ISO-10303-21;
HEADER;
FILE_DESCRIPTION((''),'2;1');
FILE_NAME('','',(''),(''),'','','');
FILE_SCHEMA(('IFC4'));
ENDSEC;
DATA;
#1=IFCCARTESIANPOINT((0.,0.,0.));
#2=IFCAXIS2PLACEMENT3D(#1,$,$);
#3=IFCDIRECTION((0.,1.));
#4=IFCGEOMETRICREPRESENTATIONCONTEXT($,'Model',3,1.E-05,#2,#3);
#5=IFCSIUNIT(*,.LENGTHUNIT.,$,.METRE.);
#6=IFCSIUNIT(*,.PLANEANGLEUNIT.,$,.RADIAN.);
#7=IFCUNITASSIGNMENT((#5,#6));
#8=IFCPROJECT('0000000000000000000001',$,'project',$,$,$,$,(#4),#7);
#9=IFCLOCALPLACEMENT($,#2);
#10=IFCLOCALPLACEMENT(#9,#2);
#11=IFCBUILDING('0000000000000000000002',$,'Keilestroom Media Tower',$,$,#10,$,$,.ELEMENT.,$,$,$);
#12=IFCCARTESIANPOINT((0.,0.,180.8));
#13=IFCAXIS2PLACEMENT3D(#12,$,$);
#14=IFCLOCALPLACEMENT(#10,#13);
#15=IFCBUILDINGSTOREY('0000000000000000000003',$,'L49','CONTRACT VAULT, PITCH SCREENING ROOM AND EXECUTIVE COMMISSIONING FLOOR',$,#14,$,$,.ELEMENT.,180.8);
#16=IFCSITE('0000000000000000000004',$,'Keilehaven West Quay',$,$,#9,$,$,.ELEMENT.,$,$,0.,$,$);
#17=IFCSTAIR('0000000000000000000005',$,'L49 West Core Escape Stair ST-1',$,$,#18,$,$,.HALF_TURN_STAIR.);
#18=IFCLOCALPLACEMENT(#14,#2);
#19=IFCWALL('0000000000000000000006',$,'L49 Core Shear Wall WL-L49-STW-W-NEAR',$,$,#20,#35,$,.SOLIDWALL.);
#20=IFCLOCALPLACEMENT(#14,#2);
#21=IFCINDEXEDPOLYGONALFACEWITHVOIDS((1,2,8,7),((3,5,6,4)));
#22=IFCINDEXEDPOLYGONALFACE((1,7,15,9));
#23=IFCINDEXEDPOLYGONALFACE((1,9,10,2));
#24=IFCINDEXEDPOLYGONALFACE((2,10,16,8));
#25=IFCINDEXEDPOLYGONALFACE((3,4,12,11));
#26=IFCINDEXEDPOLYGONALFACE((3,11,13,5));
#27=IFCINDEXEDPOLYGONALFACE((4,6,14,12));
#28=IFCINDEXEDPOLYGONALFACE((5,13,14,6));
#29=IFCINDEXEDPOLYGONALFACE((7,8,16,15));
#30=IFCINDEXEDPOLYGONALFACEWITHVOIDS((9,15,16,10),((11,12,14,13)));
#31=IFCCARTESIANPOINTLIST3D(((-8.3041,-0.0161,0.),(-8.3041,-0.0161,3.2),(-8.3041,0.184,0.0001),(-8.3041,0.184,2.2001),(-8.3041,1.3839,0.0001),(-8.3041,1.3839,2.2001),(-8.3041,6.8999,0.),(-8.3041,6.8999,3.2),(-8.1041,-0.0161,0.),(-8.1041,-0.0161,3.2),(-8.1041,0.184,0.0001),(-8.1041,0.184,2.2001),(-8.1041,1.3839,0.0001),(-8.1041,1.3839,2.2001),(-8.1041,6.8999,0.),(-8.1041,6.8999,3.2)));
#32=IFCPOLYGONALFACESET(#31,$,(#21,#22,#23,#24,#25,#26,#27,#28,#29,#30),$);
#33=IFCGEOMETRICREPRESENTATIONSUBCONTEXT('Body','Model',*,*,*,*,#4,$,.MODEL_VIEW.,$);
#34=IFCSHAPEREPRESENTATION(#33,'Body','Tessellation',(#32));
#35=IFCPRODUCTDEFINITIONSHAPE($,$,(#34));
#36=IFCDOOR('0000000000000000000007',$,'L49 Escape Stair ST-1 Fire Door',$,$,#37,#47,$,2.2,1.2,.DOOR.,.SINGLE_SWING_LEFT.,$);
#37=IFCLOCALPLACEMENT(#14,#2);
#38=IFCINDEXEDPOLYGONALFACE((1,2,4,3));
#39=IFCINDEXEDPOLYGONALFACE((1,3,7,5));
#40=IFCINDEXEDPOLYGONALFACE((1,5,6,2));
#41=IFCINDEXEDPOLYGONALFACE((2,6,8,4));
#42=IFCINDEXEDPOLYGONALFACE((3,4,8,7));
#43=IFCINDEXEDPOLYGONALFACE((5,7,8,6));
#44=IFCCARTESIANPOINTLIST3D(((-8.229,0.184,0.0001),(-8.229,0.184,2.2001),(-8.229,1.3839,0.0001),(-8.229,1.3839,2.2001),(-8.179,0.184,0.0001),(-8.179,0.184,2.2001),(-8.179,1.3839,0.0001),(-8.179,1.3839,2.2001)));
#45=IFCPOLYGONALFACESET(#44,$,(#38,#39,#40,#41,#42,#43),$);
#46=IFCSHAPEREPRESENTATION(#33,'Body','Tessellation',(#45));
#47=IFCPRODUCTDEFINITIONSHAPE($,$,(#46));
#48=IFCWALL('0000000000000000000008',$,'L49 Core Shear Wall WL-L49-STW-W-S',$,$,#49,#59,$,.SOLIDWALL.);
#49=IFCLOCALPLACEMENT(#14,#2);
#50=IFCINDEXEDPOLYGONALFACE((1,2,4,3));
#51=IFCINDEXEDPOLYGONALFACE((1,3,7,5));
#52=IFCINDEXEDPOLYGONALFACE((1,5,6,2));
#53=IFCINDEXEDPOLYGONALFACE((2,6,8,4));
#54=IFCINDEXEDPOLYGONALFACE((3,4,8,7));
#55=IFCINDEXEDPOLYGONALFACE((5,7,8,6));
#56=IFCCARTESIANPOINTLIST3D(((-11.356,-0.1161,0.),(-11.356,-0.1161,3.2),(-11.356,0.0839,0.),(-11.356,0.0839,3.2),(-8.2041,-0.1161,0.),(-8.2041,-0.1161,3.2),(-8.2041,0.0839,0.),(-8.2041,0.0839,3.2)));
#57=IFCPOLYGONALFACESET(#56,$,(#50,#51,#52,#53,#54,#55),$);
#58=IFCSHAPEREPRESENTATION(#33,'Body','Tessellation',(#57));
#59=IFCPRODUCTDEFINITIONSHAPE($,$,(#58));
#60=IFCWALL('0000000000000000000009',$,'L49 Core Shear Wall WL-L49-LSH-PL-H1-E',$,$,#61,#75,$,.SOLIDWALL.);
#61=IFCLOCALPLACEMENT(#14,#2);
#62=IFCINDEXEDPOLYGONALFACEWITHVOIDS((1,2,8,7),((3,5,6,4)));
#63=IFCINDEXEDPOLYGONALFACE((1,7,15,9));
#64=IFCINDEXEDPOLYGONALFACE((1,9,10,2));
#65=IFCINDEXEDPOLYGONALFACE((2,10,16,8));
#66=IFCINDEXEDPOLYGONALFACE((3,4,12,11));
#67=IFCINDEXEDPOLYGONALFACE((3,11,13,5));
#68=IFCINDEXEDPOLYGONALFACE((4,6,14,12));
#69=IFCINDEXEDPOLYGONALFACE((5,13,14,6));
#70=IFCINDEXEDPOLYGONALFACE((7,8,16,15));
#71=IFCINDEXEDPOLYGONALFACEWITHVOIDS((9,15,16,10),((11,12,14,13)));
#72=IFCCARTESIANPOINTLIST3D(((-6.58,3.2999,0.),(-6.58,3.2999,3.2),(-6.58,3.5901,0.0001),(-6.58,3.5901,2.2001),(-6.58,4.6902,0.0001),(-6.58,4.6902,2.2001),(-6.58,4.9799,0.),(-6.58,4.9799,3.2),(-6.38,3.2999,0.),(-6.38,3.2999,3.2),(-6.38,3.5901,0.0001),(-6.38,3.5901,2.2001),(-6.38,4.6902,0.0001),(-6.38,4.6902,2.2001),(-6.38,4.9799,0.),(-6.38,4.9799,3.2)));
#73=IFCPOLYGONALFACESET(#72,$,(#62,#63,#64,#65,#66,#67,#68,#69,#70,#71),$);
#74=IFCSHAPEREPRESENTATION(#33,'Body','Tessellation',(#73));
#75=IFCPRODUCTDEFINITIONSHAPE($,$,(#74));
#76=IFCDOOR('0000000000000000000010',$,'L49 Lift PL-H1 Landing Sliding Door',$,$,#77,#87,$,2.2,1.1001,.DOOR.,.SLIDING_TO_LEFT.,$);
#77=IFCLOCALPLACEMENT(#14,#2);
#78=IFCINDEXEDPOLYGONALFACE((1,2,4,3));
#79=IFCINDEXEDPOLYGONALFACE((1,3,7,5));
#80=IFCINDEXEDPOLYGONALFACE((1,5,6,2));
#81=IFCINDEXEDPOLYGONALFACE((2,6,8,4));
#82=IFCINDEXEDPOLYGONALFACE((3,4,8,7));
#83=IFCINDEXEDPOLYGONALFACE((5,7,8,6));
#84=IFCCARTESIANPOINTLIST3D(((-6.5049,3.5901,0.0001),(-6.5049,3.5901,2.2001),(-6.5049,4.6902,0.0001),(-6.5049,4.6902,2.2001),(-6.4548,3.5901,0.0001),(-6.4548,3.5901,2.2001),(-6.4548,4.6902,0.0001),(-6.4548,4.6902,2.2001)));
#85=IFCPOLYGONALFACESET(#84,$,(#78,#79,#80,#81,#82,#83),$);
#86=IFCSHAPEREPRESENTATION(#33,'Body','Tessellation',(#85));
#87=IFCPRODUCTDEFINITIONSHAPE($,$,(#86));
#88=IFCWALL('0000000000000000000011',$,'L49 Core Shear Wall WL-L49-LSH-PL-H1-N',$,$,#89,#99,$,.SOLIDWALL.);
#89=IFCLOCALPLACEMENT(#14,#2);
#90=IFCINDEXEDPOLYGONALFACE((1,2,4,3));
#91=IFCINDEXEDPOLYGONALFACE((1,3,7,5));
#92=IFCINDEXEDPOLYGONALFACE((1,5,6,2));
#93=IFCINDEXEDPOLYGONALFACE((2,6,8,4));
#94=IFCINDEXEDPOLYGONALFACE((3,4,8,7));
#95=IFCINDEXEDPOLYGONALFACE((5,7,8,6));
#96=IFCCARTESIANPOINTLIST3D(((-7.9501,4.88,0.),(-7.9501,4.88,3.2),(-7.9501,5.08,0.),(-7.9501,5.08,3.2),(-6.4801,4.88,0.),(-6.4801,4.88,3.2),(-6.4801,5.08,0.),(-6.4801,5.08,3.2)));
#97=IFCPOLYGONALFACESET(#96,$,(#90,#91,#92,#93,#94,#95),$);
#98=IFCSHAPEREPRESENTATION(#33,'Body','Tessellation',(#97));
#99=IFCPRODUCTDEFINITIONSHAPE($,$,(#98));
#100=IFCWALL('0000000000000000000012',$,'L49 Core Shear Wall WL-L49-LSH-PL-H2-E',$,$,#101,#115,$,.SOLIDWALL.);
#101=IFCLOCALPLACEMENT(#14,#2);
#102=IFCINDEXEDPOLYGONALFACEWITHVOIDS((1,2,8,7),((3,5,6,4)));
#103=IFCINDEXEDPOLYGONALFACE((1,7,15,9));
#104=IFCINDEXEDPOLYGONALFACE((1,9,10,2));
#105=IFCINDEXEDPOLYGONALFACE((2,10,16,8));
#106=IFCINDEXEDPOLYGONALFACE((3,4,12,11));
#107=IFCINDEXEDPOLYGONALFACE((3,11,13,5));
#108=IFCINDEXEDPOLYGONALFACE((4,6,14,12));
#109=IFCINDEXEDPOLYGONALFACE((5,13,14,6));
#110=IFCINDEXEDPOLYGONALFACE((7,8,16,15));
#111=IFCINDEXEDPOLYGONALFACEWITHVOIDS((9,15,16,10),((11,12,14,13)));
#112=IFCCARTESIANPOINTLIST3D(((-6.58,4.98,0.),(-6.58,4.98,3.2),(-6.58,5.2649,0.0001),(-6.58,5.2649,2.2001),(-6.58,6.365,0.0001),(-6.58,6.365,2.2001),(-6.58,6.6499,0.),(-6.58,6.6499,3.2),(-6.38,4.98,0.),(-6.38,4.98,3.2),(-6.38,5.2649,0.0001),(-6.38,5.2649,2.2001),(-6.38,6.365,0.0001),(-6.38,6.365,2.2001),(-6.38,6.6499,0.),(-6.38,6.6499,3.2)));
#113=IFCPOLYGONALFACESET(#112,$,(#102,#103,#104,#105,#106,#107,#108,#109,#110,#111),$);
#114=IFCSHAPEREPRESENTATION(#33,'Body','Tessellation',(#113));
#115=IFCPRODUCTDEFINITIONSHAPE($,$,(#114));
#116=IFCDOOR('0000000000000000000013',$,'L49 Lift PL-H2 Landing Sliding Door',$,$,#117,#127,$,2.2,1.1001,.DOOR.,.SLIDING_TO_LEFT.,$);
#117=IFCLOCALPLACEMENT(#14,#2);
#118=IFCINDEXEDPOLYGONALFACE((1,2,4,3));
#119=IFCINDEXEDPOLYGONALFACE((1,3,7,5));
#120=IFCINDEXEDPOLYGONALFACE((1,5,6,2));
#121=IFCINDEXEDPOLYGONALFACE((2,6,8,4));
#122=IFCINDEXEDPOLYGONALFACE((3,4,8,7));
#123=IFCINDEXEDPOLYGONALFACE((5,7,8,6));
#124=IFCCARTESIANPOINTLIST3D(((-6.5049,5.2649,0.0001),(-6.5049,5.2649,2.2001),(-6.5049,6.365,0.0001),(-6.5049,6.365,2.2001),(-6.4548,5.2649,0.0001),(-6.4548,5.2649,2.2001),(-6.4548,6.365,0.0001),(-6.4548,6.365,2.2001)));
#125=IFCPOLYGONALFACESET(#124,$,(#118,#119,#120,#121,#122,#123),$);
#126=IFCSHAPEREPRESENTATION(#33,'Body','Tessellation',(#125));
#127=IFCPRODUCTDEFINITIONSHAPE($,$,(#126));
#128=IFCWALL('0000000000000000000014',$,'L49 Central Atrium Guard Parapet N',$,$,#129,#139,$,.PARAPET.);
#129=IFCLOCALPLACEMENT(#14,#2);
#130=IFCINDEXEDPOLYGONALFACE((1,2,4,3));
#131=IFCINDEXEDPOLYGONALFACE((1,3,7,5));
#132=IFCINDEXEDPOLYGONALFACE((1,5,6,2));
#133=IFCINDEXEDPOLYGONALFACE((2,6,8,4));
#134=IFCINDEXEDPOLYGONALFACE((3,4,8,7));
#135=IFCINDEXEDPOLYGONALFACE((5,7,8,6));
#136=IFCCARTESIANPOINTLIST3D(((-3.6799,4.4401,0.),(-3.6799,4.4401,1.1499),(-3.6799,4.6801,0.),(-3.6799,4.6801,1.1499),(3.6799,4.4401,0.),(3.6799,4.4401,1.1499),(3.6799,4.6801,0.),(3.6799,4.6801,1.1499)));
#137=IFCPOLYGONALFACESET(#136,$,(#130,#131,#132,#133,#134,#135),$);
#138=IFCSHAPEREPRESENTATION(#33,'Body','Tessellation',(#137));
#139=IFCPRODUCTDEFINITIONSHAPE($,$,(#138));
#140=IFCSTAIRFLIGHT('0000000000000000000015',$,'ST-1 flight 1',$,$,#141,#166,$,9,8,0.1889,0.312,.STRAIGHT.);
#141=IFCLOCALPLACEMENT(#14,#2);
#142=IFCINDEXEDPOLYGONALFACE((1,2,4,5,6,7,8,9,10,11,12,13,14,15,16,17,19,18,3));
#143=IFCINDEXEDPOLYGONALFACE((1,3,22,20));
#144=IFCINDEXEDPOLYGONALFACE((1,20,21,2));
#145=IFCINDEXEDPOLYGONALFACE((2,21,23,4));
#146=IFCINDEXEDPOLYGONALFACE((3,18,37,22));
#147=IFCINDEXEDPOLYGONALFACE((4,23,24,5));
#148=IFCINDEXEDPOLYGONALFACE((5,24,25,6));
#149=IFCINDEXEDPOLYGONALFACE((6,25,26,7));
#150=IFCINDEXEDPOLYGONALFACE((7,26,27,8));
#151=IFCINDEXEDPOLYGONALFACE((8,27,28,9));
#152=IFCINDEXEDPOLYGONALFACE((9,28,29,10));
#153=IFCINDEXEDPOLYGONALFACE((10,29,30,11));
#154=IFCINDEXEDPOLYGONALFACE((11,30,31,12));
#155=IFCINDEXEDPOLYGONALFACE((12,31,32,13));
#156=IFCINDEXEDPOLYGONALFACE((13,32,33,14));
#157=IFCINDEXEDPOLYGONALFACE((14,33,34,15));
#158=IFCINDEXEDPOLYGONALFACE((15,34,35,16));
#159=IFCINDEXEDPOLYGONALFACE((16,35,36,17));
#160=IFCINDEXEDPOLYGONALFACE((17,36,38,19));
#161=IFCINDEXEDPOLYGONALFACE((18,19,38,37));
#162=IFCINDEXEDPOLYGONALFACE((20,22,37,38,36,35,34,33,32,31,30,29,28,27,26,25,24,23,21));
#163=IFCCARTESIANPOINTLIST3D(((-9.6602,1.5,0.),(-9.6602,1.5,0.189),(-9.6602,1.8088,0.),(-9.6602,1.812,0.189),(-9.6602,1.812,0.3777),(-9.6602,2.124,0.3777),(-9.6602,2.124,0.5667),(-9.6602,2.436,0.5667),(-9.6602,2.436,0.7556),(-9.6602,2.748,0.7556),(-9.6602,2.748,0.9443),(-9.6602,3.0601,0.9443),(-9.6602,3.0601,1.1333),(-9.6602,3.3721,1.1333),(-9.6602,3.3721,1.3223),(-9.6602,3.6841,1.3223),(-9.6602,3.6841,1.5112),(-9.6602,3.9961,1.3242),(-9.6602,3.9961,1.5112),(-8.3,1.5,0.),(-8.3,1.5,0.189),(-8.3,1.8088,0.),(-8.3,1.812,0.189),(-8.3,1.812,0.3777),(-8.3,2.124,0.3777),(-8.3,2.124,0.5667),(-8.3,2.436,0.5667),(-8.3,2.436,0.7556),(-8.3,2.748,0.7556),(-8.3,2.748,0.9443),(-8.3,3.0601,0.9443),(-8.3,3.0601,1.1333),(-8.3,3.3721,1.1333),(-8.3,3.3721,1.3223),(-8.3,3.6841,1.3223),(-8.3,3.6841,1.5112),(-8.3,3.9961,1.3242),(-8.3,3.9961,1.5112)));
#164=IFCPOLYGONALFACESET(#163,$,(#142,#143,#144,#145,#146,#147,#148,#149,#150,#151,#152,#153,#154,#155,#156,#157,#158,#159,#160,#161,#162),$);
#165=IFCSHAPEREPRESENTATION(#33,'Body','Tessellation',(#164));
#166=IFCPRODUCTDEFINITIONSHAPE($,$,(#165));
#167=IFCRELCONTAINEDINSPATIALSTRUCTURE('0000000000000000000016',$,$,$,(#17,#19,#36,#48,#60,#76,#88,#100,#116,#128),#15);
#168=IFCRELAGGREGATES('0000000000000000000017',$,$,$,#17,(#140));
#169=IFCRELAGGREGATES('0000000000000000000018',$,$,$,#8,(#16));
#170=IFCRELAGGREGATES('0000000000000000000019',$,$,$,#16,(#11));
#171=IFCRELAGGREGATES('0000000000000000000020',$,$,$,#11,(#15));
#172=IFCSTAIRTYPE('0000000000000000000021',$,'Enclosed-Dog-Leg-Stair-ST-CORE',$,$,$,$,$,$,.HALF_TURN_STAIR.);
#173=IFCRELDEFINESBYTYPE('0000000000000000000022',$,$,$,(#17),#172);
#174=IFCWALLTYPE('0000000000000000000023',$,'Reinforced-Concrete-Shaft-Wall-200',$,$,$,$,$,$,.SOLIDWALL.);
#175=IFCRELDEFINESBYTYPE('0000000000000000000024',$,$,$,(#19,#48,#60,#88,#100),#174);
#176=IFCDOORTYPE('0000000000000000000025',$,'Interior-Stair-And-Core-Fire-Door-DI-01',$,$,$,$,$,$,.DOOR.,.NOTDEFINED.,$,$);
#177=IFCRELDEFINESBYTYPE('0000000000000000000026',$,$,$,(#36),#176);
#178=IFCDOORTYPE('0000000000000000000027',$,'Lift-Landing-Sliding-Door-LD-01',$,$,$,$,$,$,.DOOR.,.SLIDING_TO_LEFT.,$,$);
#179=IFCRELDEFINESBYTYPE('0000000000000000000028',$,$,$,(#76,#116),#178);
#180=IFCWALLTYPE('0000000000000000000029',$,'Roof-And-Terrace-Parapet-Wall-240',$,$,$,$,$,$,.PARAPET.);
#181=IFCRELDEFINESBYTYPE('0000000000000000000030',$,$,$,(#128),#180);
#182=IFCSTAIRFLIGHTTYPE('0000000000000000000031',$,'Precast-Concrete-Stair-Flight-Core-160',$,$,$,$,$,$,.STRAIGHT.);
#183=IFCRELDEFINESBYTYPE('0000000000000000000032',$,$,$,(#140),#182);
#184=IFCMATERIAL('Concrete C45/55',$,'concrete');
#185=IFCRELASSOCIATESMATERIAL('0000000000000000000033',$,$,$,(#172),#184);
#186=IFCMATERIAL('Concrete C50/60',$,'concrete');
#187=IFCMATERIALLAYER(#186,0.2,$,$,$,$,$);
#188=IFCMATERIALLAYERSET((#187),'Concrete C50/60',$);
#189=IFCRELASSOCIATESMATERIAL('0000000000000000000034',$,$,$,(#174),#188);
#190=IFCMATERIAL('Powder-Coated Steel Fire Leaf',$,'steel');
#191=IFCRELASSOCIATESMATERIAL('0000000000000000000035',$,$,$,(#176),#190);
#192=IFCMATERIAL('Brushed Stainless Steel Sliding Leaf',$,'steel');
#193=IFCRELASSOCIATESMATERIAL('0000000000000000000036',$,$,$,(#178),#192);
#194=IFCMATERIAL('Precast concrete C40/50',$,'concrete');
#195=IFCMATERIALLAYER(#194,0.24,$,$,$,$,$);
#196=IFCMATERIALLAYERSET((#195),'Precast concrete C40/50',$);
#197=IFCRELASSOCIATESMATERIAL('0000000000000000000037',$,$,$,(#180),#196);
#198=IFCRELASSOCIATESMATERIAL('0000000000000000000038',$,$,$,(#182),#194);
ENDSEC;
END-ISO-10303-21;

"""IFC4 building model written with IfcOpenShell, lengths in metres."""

from ifc_helpers import new_model, si_unit, direction, frame, frame_2d, origin, place, context, subcontext, project, spatial, polyline, rectangle, outline, extrude, source, transform, mapped, material, layer, layer_set, type_object, element, fill, aggregate, save


model = new_model("IFC4")

# Units and contexts
model_context = context("Model", 3, precision=1e-05, world=origin(), true_north=direction((0.0, 1.0)))
body_context = subcontext(model_context, "Body", "Model", "MODEL_VIEW")
ifc_project = project(units=[si_unit("LENGTHUNIT", "METRE"), si_unit("PLANEANGLEUNIT", "RADIAN")], contexts=[model_context])

# Site, building, storey
site_placement = place(None, origin())
site = spatial("IfcSite", under=ifc_project, at=site_placement, Name="Keilehaven West Quay", CompositionType="ELEMENT", RefElevation=0.0)
building_placement = place(site_placement, origin())
building = spatial("IfcBuilding", under=site, at=building_placement, Name="Keilestroom Media Tower", CompositionType="ELEMENT")
storey_placement = place(building_placement, frame((0.0, 0.0, 180.8)))
storey = spatial("IfcBuildingStorey", under=building, at=storey_placement, Name="L49", Description="CONTRACT VAULT, PITCH SCREENING ROOM AND EXECUTIVE COMMISSIONING FLOOR", CompositionType="ELEMENT", Elevation=180.8)

# Shared definitions
ifc_material_1 = material(Name="Concrete C50/60", Category="concrete")

# Stair
ifc_material_2 = material(Name="Concrete C45/55", Category="concrete")
stair_type = type_object("IfcStairType", Name="Enclosed-Dog-Leg-Stair-ST-CORE", PredefinedType="HALF_TURN_STAIR", material=ifc_material_2)
stair_placement = place(storey_placement, origin())
stair = element("IfcStair", 1, at=stair_placement, inside=storey, type_object=stair_type, Name="L49 West Core Escape Stair ST-1", PredefinedType="HALF_TURN_STAIR")

# Shared definitions
ifc_layer_1 = layer(ifc_material_1, 0.2)
ifc_layer_set_1 = layer_set([ifc_layer_1], Name="Concrete C50/60")
wall_type_1 = type_object("IfcWallType", Name="Reinforced-Concrete-Shaft-Wall-200", PredefinedType="SOLIDWALL", material=ifc_layer_set_1)

# Wall, opening, door
wall_1_placement = place(storey_placement, frame((-8.2041, -0.0161, 0.0), z_axis=(0.0, 0.0, 1.0), x_axis=(0.0, 1.0, 0.0)))
wall_1 = element("IfcWall", 2, at=wall_1_placement, inside=storey, type_object=wall_type_1, Name="L49 Core Shear Wall WL-L49-STW-W-NEAR", PredefinedType="SOLIDWALL", context=body_context, shape_type="SweptSolid", body=[
    extrude(rectangle(XDim=6.916, YDim=0.2, at=frame_2d((3.458, 0.0))), origin(), (0.0, 0.0, 1.0), 3.2),
])
opening_1_placement = place(wall_1_placement, frame((0.2, 0.0, 0.0)))
opening_1 = element("IfcOpeningElement", 3, at=opening_1_placement, cuts=wall_1, PredefinedType="OPENING", context=body_context, shape_type="SweptSolid", body=[
    extrude(rectangle(XDim=1.2, YDim=2.2, at=frame_2d((0.6001, 1.1001))), frame((0.0, 0.1099, 0.0), z_axis=(0.0, -1.0, 0.0), x_axis=(1.0, 0.0, 0.0)), (0.0, 0.0, 1.0), 0.22),
])
ifc_material_3 = material(Name="Powder-Coated Steel Fire Leaf", Category="steel")
door_type_1 = type_object("IfcDoorType", Name="Interior-Stair-And-Core-Fire-Door-DI-01", OperationType="NOTDEFINED", PredefinedType="DOOR", material=ifc_material_3)
shared_shape_1 = source(origin(), body_context, "Body", "SweptSolid", [
    extrude(rectangle(XDim=1.2, YDim=2.2, at=frame_2d((0.6001, 1.1001))), frame((0.0, 0.0249, 0.0), z_axis=(0.0, -1.0, 0.0), x_axis=(1.0, 0.0, 0.0)), (0.0, 0.0, 1.0), 0.05),
])
door_1_placement = place(opening_1_placement, origin())
door_1 = element("IfcDoor", 4, at=door_1_placement, inside=storey, type_object=door_type_1, Name="L49 Escape Stair ST-1 Fire Door", OperationType="SINGLE_SWING_LEFT", OverallHeight=2.2, OverallWidth=1.2, PredefinedType="DOOR", context=body_context, shape_type="MappedRepresentation", body=[
    mapped(shared_shape_1, transform((0.0, 0.0, 0.0), x_axis=(1.0, 0.0, 0.0), y_axis=(0.0, 1.0, 0.0), z_axis=(0.0, 0.0, 1.0), scale=1.0)),
])
fill(opening_1, door_1)

# Wall
wall_2_placement = place(storey_placement, frame((-11.356, -0.0161, 0.0), z_axis=(0.0, 0.0, 1.0), x_axis=(1.0, 0.0, 0.0)))
element("IfcWall", 5, at=wall_2_placement, inside=storey, type_object=wall_type_1, Name="L49 Core Shear Wall WL-L49-STW-W-S", PredefinedType="SOLIDWALL", context=body_context, shape_type="SweptSolid", body=[
    extrude(rectangle(XDim=3.1519, YDim=0.2, at=frame_2d((1.5759, 0.0))), origin(), (0.0, 0.0, 1.0), 3.2),
])

# Wall, opening, door
wall_3_placement = place(storey_placement, frame((-6.48, 3.3, 0.0), z_axis=(0.0, 0.0, 1.0), x_axis=(0.0, 1.0, 0.0)))
wall_3 = element("IfcWall", 6, at=wall_3_placement, inside=storey, type_object=wall_type_1, Name="L49 Core Shear Wall WL-L49-LSH-PL-H1-E", PredefinedType="SOLIDWALL", context=body_context, shape_type="SweptSolid", body=[
    extrude(rectangle(XDim=1.6799, YDim=0.2, at=frame_2d((0.8398, 0.0))), origin(), (0.0, 0.0, 1.0), 3.2),
])
opening_2_placement = place(wall_3_placement, frame((0.29, 0.0, 0.0)))
opening_2 = element("IfcOpeningElement", 7, at=opening_2_placement, cuts=wall_3, PredefinedType="OPENING", context=body_context, shape_type="SweptSolid", body=[
    extrude(rectangle(XDim=1.1001, YDim=2.2, at=frame_2d((0.55, 1.1001))), frame((0.0, 0.1099, 0.0), z_axis=(0.0, -1.0, 0.0), x_axis=(1.0, 0.0, 0.0)), (0.0, 0.0, 1.0), 0.22),
])
ifc_material_4 = material(Name="Brushed Stainless Steel Sliding Leaf", Category="steel")
door_type_2 = type_object("IfcDoorType", Name="Lift-Landing-Sliding-Door-LD-01", OperationType="SLIDING_TO_LEFT", PredefinedType="DOOR", material=ifc_material_4)
shared_shape_2 = source(origin(), body_context, "Body", "SweptSolid", [
    extrude(rectangle(XDim=1.1001, YDim=2.2, at=frame_2d((0.55, 1.1001))), frame((0.0, 0.0249, 0.0), z_axis=(0.0, -1.0, 0.0), x_axis=(1.0, 0.0, 0.0)), (0.0, 0.0, 1.0), 0.05),
])
door_2_placement = place(opening_2_placement, origin())
door_2 = element("IfcDoor", 8, at=door_2_placement, inside=storey, type_object=door_type_2, Name="L49 Lift PL-H1 Landing Sliding Door", OperationType="SLIDING_TO_LEFT", OverallHeight=2.2, OverallWidth=1.1001, PredefinedType="DOOR", context=body_context, shape_type="MappedRepresentation", body=[
    mapped(shared_shape_2, transform((0.0, 0.0, 0.0), x_axis=(1.0, 0.0, 0.0), y_axis=(0.0, 1.0, 0.0), z_axis=(0.0, 0.0, 1.0), scale=1.0)),
])
fill(opening_2, door_2)

# Wall
wall_4_placement = place(storey_placement, frame((-7.95, 4.98, 0.0), z_axis=(0.0, 0.0, 1.0), x_axis=(1.0, 0.0, 0.0)))
element("IfcWall", 9, at=wall_4_placement, inside=storey, type_object=wall_type_1, Name="L49 Core Shear Wall WL-L49-LSH-PL-H1-N", PredefinedType="SOLIDWALL", context=body_context, shape_type="SweptSolid", body=[
    extrude(rectangle(XDim=1.47, YDim=0.2, at=frame_2d((0.7349, 0.0))), origin(), (0.0, 0.0, 1.0), 3.2),
])

# Wall, opening, door
wall_5_placement = place(storey_placement, frame((-6.48, 4.98, 0.0), z_axis=(0.0, 0.0, 1.0), x_axis=(0.0, 1.0, 0.0)))
wall_5 = element("IfcWall", 10, at=wall_5_placement, inside=storey, type_object=wall_type_1, Name="L49 Core Shear Wall WL-L49-LSH-PL-H2-E", PredefinedType="SOLIDWALL", context=body_context, shape_type="SweptSolid", body=[
    extrude(rectangle(XDim=1.6699, YDim=0.2, at=frame_2d((0.835, 0.0))), origin(), (0.0, 0.0, 1.0), 3.2),
])
opening_3_placement = place(wall_5_placement, frame((0.2849, 0.0, 0.0)))
opening_3 = element("IfcOpeningElement", 11, at=opening_3_placement, cuts=wall_5, PredefinedType="OPENING", context=body_context, shape_type="SweptSolid", body=[
    extrude(rectangle(XDim=1.1001, YDim=2.2, at=frame_2d((0.55, 1.1001))), frame((0.0, 0.1099, 0.0), z_axis=(0.0, -1.0, 0.0), x_axis=(1.0, 0.0, 0.0)), (0.0, 0.0, 1.0), 0.22),
])
door_3_placement = place(opening_3_placement, origin())
door_3 = element("IfcDoor", 12, at=door_3_placement, inside=storey, type_object=door_type_2, Name="L49 Lift PL-H2 Landing Sliding Door", OperationType="SLIDING_TO_LEFT", OverallHeight=2.2, OverallWidth=1.1001, PredefinedType="DOOR", context=body_context, shape_type="MappedRepresentation", body=[
    mapped(shared_shape_2, transform((0.0, 0.0, 0.0), x_axis=(1.0, 0.0, 0.0), y_axis=(0.0, 1.0, 0.0), z_axis=(0.0, 0.0, 1.0), scale=1.0)),
])
fill(opening_3, door_3)

# Wall
ifc_material_5 = material(Name="Precast concrete C40/50", Category="concrete")
ifc_layer_2 = layer(ifc_material_5, 0.24)
ifc_layer_set_2 = layer_set([ifc_layer_2], Name="Precast concrete C40/50")
wall_type_2 = type_object("IfcWallType", Name="Roof-And-Terrace-Parapet-Wall-240", PredefinedType="PARAPET", material=ifc_layer_set_2)
wall_6_placement = place(storey_placement, frame((-3.6799, 4.5601, 0.0), z_axis=(0.0, 0.0, 1.0), x_axis=(1.0, 0.0, 0.0)))
element("IfcWall", 13, at=wall_6_placement, inside=storey, type_object=wall_type_2, Name="L49 Central Atrium Guard Parapet N", PredefinedType="PARAPET", context=body_context, shape_type="SweptSolid", body=[
    extrude(rectangle(XDim=7.3599, YDim=0.24, at=frame_2d((3.6799, 0.0))), origin(), (0.0, 0.0, 1.0), 1.1499),
])

# Stair flight
stair_flight_type = type_object("IfcStairFlightType", Name="Precast-Concrete-Stair-Flight-Core-160", PredefinedType="STRAIGHT", material=ifc_material_5)
stair_flight_1_placement = place(storey_placement, frame((-8.98, 1.5, 0.0), z_axis=(0.0, 0.0, 1.0), x_axis=(0.0, 1.0, 0.0)))
stair_flight_1 = element("IfcStairFlight", 14, at=stair_flight_1_placement, type_object=stair_flight_type, Name="ST-1 flight 1", NumberOfRisers=9, NumberOfTreads=8, PredefinedType="STRAIGHT", RiserHeight=0.1889, TreadLength=0.312, context=body_context, shape_type="SweptSolid", body=[
    extrude(outline(polyline([(0.0, 0.0), (0.0, 0.189), (0.312, 0.189), (0.312, 0.3777), (0.624, 0.3777), (0.624, 0.5667), (0.936, 0.5667), (0.936, 0.7556), (1.248, 0.7556), (1.248, 0.9443), (1.5601, 0.9443), (1.5601, 1.1333), (1.8721, 1.1333), (1.8721, 1.3223), (2.1841, 1.3223), (2.1841, 1.5112), (2.4961, 1.5112), (2.4961, 1.7), (2.4961, 1.3242), (0.3088, 0.0), (0.0, 0.0)])), frame((0.0, 0.6802, 0.0), z_axis=(0.0, -1.0, 0.0), x_axis=(1.0, 0.0, 0.0)), (0.0, 0.0, 1.0), 1.3601),
])
aggregate(stair, [stair_flight_1])

save(model, "model.ifc")
